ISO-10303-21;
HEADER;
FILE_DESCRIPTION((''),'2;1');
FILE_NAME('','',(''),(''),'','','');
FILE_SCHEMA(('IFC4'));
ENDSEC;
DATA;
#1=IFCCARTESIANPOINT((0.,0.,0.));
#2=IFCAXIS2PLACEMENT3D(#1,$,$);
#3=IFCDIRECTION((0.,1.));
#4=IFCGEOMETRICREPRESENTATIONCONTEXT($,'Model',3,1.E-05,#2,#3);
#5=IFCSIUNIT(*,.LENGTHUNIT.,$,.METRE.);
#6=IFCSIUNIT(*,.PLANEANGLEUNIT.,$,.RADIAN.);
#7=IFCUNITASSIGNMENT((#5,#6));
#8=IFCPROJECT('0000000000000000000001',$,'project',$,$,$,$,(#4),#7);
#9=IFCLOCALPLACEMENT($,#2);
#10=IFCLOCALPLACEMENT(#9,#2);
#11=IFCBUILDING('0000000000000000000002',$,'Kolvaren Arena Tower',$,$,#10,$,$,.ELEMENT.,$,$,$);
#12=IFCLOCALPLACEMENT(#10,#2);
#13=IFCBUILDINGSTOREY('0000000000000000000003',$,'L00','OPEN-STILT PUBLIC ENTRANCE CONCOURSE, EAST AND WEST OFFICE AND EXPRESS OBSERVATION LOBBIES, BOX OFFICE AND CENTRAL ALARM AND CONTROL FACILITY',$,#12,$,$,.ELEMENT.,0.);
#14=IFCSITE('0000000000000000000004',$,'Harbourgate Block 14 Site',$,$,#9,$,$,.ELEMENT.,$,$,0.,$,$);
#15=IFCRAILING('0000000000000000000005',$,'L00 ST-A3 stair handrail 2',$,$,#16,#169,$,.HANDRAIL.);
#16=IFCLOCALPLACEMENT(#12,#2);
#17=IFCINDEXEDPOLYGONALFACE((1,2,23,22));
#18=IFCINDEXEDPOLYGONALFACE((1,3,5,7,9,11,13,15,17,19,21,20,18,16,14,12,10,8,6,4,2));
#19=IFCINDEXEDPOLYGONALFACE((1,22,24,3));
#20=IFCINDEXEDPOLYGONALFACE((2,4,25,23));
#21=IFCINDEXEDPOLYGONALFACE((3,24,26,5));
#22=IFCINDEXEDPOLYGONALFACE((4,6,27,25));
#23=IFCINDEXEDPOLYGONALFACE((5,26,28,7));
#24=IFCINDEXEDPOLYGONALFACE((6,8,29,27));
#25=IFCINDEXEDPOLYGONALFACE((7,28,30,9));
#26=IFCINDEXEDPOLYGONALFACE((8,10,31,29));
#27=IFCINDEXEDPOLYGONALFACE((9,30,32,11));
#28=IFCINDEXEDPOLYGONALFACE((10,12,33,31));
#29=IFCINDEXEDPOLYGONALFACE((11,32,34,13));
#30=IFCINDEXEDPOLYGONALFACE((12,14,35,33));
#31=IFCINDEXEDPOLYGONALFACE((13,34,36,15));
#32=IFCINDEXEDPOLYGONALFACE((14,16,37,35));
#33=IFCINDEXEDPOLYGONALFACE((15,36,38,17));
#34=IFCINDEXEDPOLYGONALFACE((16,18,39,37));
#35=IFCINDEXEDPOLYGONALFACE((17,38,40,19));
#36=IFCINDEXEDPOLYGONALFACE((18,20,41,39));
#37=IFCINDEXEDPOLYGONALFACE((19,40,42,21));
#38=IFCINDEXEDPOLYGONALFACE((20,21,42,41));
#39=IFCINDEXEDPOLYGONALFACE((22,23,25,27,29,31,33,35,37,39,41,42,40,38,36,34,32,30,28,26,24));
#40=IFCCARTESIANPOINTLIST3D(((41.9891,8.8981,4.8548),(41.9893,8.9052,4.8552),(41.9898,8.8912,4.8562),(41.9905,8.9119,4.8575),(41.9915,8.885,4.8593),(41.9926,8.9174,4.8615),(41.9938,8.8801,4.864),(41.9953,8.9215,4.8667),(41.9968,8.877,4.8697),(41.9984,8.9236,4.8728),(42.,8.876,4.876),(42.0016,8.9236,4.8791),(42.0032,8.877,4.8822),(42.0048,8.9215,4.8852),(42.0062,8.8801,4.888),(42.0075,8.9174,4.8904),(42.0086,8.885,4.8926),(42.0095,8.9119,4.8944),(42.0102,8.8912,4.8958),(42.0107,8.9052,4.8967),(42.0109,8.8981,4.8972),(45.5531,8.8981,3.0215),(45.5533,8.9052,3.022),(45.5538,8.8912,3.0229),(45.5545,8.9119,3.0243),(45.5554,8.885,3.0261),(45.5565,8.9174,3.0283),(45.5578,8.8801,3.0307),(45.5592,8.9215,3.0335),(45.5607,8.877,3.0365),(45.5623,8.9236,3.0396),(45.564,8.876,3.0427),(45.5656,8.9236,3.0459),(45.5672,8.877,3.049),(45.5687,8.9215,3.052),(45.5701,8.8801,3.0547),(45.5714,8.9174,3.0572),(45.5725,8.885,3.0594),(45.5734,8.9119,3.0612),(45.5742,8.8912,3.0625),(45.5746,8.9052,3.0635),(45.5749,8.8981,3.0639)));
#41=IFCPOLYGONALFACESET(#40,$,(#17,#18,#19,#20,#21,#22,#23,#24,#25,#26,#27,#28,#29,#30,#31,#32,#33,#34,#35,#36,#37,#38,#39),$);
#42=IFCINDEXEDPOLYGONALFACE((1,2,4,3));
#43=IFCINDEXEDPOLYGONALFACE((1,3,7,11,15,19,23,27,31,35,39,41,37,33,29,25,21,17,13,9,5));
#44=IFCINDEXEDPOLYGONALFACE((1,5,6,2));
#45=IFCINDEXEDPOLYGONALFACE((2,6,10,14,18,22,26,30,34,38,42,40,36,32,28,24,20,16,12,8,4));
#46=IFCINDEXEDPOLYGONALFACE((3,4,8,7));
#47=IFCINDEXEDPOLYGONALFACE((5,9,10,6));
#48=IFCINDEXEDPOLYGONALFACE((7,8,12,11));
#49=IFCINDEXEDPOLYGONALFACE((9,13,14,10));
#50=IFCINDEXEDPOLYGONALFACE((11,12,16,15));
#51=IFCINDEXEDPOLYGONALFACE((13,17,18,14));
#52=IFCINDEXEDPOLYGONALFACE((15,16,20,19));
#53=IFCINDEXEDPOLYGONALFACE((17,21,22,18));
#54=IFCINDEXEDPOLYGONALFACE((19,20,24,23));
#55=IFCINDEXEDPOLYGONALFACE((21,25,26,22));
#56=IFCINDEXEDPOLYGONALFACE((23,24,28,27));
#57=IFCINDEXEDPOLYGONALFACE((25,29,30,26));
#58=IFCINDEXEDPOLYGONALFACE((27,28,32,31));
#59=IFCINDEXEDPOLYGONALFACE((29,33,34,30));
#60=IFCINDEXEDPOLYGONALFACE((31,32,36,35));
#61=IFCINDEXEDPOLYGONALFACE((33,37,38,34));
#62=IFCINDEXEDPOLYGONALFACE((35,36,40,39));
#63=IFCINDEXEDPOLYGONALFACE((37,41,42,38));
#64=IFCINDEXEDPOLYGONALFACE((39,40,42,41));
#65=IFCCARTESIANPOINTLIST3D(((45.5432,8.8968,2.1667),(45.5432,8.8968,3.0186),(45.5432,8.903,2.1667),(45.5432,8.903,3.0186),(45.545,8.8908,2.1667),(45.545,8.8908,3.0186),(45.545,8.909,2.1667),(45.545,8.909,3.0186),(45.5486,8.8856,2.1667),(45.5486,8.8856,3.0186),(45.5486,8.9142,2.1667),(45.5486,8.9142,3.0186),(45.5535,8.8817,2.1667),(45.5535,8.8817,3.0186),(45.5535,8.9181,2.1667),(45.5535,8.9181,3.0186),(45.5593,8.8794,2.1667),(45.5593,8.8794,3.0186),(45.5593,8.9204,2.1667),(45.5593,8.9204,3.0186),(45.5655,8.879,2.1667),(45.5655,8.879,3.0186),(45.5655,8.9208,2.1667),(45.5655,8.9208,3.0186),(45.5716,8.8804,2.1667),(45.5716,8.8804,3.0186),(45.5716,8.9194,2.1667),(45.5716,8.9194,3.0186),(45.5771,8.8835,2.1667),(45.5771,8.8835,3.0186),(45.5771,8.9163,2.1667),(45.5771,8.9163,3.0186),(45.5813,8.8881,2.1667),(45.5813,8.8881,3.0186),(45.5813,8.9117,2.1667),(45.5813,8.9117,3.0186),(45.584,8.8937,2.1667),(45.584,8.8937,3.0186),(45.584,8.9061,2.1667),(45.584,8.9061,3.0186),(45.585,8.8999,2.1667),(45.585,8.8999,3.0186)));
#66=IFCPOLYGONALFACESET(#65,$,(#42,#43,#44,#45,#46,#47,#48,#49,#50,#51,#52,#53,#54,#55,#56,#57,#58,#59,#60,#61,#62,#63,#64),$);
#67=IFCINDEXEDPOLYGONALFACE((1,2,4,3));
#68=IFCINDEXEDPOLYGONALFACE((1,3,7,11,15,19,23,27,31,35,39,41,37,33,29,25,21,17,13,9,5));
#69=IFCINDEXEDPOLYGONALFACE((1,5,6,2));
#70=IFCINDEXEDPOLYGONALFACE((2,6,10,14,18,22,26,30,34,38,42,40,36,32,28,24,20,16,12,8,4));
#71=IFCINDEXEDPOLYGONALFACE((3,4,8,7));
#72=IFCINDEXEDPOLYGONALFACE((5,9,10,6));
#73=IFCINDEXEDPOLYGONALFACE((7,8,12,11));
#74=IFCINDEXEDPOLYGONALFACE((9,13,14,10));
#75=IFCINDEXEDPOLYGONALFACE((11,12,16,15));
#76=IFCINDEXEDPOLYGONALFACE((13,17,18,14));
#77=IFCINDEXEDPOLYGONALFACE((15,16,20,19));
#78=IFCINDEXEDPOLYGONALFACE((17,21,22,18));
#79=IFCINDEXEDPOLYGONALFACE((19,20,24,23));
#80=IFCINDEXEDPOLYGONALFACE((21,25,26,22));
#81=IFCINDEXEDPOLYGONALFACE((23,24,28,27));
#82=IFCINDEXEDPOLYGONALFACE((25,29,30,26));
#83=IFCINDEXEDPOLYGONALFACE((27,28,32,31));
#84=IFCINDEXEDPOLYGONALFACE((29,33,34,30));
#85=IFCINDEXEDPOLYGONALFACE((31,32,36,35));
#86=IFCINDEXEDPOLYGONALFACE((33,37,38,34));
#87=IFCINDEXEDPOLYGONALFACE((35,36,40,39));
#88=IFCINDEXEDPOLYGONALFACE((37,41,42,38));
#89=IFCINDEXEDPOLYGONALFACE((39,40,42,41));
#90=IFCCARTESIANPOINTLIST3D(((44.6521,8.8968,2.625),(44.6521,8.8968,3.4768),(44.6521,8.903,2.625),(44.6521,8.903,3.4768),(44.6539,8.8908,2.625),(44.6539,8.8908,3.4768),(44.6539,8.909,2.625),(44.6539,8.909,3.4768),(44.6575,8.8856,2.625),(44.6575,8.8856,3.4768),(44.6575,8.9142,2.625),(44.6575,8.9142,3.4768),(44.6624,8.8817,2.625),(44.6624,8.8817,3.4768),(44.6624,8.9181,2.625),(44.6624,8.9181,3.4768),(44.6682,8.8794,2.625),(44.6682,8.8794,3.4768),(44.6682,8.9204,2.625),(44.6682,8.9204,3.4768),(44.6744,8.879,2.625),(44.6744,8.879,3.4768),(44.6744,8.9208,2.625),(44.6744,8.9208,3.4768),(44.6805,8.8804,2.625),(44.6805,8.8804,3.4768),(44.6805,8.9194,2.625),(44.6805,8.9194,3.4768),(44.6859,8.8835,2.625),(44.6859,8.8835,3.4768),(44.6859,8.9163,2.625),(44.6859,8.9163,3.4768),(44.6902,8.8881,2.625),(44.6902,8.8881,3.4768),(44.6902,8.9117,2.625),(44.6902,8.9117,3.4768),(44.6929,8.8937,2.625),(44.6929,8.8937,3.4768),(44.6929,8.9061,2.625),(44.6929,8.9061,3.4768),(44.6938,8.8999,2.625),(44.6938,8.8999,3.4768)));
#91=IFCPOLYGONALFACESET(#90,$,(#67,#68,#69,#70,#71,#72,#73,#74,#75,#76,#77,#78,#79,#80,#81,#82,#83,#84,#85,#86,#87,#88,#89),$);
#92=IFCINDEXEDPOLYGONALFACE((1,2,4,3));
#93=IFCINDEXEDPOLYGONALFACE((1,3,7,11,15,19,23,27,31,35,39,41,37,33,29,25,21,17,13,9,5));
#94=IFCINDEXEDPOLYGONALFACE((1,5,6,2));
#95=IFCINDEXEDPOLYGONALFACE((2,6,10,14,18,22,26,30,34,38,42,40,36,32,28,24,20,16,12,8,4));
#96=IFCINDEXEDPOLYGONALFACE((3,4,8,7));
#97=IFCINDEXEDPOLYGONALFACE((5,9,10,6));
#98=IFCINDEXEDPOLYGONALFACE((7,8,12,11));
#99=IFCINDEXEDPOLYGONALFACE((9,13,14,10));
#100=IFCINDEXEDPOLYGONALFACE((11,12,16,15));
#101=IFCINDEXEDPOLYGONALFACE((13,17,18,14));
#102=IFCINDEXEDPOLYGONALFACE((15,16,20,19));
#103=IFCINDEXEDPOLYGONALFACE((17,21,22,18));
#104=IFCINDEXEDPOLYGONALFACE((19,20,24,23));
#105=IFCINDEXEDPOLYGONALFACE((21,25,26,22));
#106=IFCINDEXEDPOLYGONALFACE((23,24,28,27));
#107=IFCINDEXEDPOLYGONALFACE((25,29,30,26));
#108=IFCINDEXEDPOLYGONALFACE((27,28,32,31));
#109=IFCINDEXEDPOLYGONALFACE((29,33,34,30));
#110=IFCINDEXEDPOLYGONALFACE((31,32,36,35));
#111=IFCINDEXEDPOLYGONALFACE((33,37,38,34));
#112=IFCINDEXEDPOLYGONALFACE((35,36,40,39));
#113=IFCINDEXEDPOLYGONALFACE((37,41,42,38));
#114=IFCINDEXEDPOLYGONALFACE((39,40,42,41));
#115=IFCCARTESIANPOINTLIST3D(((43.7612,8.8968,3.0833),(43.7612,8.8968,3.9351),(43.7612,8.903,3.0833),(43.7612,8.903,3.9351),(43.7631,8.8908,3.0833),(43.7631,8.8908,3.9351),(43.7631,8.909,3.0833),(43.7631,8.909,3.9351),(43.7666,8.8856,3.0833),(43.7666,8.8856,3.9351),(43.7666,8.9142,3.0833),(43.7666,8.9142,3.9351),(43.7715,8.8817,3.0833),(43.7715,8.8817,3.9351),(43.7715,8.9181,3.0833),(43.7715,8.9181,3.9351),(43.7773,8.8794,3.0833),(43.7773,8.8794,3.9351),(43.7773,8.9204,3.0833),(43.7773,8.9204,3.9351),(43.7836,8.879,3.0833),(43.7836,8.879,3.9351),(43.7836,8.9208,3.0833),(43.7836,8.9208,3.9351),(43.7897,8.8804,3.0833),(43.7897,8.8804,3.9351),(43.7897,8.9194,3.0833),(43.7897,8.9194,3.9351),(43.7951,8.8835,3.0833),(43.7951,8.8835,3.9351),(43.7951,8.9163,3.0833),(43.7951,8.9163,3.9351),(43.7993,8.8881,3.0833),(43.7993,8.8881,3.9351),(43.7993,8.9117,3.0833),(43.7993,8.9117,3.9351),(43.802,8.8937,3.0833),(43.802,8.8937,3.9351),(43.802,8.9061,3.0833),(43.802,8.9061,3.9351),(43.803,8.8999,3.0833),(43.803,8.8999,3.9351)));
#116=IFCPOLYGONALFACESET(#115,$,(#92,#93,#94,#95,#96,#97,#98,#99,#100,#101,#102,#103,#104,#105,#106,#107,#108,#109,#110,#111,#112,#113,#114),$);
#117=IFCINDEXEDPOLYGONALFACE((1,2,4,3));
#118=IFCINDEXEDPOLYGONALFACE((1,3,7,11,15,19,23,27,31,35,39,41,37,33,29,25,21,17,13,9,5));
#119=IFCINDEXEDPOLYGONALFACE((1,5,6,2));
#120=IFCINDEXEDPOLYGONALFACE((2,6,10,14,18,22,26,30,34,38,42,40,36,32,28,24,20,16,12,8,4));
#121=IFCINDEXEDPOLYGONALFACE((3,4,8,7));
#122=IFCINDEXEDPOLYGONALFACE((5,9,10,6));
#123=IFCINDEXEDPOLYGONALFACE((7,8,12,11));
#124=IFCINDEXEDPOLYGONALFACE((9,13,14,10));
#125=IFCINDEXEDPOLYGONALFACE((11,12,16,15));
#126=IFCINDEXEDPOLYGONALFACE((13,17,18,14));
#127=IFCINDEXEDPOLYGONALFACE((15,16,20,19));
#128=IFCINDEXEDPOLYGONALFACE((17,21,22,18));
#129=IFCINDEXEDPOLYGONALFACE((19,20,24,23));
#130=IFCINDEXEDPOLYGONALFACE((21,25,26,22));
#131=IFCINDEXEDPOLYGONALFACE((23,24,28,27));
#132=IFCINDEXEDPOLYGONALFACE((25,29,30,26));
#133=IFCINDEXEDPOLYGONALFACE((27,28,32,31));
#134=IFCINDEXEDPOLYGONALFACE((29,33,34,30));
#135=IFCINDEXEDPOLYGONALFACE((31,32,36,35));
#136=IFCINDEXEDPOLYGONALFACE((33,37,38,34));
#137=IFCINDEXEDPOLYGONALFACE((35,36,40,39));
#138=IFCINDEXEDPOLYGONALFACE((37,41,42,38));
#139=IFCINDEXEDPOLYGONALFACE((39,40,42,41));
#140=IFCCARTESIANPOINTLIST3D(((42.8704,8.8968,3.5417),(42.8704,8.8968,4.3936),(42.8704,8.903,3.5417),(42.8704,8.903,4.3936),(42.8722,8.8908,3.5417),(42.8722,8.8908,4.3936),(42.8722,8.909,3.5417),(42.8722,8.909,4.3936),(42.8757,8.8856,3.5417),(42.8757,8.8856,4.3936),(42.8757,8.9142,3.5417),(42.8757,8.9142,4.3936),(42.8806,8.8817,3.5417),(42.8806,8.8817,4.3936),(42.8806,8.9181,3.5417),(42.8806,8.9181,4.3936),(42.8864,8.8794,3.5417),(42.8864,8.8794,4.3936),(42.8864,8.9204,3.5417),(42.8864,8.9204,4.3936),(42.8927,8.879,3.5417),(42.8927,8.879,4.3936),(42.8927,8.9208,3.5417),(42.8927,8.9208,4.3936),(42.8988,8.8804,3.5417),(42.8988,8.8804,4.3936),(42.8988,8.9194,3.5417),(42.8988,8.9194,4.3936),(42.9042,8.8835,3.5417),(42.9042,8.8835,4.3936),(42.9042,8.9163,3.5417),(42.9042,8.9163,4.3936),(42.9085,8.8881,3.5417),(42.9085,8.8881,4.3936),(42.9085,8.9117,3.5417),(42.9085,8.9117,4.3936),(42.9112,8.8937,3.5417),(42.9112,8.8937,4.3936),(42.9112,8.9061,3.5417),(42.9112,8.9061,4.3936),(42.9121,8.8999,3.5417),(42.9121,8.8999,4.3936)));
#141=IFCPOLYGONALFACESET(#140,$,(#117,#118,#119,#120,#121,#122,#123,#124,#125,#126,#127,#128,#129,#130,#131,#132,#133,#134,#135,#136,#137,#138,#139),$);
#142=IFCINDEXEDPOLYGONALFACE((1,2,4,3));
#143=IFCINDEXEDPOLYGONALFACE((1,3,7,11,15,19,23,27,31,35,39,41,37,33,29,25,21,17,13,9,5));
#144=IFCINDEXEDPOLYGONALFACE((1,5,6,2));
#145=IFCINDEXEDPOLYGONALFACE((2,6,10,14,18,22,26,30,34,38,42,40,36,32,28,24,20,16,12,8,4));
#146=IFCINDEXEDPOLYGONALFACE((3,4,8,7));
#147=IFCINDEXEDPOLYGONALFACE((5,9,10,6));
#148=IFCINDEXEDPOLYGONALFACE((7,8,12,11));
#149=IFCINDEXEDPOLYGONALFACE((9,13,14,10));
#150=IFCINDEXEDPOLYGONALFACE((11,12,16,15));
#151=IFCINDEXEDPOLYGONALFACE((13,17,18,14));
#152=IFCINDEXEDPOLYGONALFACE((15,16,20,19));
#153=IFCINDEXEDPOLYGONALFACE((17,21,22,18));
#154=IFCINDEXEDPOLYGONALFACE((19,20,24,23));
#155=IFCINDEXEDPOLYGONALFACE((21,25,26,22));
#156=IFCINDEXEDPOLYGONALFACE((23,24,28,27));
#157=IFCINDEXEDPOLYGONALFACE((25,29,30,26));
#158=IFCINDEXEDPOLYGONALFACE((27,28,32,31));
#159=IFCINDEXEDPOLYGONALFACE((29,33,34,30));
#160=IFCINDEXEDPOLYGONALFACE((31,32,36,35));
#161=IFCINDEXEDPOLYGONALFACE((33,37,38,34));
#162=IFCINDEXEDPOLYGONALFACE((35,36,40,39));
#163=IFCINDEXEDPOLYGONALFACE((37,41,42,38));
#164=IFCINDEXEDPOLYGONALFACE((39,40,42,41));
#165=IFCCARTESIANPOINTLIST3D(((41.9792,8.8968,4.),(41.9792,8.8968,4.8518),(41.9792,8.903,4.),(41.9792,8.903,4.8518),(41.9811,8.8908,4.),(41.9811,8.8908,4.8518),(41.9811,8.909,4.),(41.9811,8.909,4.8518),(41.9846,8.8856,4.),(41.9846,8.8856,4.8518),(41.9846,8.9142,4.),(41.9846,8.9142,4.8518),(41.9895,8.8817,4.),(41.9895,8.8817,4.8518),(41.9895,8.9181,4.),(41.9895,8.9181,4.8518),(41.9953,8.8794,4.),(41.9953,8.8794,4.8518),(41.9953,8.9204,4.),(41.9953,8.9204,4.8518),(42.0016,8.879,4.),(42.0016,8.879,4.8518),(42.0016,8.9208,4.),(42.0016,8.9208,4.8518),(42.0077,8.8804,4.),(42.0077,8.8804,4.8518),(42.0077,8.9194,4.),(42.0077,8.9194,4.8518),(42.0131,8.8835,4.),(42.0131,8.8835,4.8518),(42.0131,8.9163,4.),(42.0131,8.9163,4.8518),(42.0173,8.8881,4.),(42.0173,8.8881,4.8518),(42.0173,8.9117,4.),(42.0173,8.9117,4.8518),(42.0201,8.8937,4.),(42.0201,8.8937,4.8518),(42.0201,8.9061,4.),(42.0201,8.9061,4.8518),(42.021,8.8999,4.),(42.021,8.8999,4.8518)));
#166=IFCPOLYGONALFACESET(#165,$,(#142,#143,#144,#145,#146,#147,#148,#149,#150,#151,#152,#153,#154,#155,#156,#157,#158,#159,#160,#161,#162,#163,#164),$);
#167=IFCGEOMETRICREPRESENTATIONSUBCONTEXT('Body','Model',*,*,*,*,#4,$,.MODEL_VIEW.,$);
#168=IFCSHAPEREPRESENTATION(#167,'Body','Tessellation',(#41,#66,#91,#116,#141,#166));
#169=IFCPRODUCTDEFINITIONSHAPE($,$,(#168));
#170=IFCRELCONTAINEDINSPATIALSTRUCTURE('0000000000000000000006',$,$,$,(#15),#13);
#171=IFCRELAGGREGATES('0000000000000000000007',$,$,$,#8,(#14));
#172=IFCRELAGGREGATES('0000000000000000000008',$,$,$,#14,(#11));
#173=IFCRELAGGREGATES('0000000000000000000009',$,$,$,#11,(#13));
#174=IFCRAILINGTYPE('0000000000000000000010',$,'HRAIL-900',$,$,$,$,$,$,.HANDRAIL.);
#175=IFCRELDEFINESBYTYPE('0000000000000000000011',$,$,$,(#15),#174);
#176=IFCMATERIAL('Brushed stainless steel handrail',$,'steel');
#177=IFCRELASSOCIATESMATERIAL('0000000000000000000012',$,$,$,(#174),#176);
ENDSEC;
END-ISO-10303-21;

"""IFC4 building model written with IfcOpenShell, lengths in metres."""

from ifc_helpers import new_model, si_unit, direction, frame, origin, origin_2d, place, context, subcontext, project, spatial, circle, extrude, material, type_object, element, save


model = new_model("IFC4")

# Units and contexts
model_context = context("Model", 3, precision=1e-05, world=origin(), true_north=direction((0.0, 1.0)))
body_context = subcontext(model_context, "Body", "Model", "MODEL_VIEW")
ifc_project = project(units=[si_unit("LENGTHUNIT", "METRE"), si_unit("PLANEANGLEUNIT", "RADIAN")], contexts=[model_context])

# Site, building, storey
site_placement = place(None, origin())
site = spatial("IfcSite", under=ifc_project, at=site_placement, Name="Harbourgate Block 14 Site", CompositionType="ELEMENT", RefElevation=0.0)
building_placement = place(site_placement, origin())
building = spatial("IfcBuilding", under=site, at=building_placement, Name="Kolvaren Arena Tower", CompositionType="ELEMENT")
storey_placement = place(building_placement, origin())
storey = spatial("IfcBuildingStorey", under=building, at=storey_placement, Name="L00", Description="OPEN-STILT PUBLIC ENTRANCE CONCOURSE, EAST AND WEST OFFICE AND EXPRESS OBSERVATION LOBBIES, BOX OFFICE AND CENTRAL ALARM AND CONTROL FACILITY", CompositionType="ELEMENT", Elevation=0.0)

# Railing
ifc_material_1 = material(Name="Brushed stainless steel handrail", Category="steel")
railing_type_1 = type_object("IfcRailingType", Name="HRAIL-900", PredefinedType="HANDRAIL", material=ifc_material_1)
for number, where, name in (
    (1, (45.564, 8.8999, 2.1667), "L00 ST-A3 stair handrail 2"),
):
    element("IfcRailing", number, at=place(storey_placement, frame(where)), inside=storey, type_object=railing_type_1, Name=name, PredefinedType="HANDRAIL", context=body_context, shape_type="SweptSolid", body=[
        extrude(circle(Radius=0.0239, at=origin_2d()), frame((0.0, 0.0, 0.876), z_axis=(-0.889252, 0.0, 0.457418), x_axis=(0.0, -1.0, 0.0)), (0.0, 0.0, 1.0), 4.0078),
        extrude(circle(Radius=0.021, at=origin_2d()), origin(), (0.0, 0.0, 1.0), 0.8518),
        extrude(circle(Radius=0.021, at=origin_2d()), frame((-0.8911, 0.0, 0.4583)), (0.0, 0.0, 1.0), 0.8518),
        extrude(circle(Radius=0.021, at=origin_2d()), frame((-1.782, 0.0, 0.9165)), (0.0, 0.0, 1.0), 0.8518),
        extrude(circle(Radius=0.021, at=origin_2d()), frame((-2.6729, 0.0, 1.375)), (0.0, 0.0, 1.0), 0.8518),
        extrude(circle(Radius=0.021, at=origin_2d()), frame((-3.564, 0.0, 1.8333)), (0.0, 0.0, 1.0), 0.8518),
    ])

save(model, "model.ifc")
